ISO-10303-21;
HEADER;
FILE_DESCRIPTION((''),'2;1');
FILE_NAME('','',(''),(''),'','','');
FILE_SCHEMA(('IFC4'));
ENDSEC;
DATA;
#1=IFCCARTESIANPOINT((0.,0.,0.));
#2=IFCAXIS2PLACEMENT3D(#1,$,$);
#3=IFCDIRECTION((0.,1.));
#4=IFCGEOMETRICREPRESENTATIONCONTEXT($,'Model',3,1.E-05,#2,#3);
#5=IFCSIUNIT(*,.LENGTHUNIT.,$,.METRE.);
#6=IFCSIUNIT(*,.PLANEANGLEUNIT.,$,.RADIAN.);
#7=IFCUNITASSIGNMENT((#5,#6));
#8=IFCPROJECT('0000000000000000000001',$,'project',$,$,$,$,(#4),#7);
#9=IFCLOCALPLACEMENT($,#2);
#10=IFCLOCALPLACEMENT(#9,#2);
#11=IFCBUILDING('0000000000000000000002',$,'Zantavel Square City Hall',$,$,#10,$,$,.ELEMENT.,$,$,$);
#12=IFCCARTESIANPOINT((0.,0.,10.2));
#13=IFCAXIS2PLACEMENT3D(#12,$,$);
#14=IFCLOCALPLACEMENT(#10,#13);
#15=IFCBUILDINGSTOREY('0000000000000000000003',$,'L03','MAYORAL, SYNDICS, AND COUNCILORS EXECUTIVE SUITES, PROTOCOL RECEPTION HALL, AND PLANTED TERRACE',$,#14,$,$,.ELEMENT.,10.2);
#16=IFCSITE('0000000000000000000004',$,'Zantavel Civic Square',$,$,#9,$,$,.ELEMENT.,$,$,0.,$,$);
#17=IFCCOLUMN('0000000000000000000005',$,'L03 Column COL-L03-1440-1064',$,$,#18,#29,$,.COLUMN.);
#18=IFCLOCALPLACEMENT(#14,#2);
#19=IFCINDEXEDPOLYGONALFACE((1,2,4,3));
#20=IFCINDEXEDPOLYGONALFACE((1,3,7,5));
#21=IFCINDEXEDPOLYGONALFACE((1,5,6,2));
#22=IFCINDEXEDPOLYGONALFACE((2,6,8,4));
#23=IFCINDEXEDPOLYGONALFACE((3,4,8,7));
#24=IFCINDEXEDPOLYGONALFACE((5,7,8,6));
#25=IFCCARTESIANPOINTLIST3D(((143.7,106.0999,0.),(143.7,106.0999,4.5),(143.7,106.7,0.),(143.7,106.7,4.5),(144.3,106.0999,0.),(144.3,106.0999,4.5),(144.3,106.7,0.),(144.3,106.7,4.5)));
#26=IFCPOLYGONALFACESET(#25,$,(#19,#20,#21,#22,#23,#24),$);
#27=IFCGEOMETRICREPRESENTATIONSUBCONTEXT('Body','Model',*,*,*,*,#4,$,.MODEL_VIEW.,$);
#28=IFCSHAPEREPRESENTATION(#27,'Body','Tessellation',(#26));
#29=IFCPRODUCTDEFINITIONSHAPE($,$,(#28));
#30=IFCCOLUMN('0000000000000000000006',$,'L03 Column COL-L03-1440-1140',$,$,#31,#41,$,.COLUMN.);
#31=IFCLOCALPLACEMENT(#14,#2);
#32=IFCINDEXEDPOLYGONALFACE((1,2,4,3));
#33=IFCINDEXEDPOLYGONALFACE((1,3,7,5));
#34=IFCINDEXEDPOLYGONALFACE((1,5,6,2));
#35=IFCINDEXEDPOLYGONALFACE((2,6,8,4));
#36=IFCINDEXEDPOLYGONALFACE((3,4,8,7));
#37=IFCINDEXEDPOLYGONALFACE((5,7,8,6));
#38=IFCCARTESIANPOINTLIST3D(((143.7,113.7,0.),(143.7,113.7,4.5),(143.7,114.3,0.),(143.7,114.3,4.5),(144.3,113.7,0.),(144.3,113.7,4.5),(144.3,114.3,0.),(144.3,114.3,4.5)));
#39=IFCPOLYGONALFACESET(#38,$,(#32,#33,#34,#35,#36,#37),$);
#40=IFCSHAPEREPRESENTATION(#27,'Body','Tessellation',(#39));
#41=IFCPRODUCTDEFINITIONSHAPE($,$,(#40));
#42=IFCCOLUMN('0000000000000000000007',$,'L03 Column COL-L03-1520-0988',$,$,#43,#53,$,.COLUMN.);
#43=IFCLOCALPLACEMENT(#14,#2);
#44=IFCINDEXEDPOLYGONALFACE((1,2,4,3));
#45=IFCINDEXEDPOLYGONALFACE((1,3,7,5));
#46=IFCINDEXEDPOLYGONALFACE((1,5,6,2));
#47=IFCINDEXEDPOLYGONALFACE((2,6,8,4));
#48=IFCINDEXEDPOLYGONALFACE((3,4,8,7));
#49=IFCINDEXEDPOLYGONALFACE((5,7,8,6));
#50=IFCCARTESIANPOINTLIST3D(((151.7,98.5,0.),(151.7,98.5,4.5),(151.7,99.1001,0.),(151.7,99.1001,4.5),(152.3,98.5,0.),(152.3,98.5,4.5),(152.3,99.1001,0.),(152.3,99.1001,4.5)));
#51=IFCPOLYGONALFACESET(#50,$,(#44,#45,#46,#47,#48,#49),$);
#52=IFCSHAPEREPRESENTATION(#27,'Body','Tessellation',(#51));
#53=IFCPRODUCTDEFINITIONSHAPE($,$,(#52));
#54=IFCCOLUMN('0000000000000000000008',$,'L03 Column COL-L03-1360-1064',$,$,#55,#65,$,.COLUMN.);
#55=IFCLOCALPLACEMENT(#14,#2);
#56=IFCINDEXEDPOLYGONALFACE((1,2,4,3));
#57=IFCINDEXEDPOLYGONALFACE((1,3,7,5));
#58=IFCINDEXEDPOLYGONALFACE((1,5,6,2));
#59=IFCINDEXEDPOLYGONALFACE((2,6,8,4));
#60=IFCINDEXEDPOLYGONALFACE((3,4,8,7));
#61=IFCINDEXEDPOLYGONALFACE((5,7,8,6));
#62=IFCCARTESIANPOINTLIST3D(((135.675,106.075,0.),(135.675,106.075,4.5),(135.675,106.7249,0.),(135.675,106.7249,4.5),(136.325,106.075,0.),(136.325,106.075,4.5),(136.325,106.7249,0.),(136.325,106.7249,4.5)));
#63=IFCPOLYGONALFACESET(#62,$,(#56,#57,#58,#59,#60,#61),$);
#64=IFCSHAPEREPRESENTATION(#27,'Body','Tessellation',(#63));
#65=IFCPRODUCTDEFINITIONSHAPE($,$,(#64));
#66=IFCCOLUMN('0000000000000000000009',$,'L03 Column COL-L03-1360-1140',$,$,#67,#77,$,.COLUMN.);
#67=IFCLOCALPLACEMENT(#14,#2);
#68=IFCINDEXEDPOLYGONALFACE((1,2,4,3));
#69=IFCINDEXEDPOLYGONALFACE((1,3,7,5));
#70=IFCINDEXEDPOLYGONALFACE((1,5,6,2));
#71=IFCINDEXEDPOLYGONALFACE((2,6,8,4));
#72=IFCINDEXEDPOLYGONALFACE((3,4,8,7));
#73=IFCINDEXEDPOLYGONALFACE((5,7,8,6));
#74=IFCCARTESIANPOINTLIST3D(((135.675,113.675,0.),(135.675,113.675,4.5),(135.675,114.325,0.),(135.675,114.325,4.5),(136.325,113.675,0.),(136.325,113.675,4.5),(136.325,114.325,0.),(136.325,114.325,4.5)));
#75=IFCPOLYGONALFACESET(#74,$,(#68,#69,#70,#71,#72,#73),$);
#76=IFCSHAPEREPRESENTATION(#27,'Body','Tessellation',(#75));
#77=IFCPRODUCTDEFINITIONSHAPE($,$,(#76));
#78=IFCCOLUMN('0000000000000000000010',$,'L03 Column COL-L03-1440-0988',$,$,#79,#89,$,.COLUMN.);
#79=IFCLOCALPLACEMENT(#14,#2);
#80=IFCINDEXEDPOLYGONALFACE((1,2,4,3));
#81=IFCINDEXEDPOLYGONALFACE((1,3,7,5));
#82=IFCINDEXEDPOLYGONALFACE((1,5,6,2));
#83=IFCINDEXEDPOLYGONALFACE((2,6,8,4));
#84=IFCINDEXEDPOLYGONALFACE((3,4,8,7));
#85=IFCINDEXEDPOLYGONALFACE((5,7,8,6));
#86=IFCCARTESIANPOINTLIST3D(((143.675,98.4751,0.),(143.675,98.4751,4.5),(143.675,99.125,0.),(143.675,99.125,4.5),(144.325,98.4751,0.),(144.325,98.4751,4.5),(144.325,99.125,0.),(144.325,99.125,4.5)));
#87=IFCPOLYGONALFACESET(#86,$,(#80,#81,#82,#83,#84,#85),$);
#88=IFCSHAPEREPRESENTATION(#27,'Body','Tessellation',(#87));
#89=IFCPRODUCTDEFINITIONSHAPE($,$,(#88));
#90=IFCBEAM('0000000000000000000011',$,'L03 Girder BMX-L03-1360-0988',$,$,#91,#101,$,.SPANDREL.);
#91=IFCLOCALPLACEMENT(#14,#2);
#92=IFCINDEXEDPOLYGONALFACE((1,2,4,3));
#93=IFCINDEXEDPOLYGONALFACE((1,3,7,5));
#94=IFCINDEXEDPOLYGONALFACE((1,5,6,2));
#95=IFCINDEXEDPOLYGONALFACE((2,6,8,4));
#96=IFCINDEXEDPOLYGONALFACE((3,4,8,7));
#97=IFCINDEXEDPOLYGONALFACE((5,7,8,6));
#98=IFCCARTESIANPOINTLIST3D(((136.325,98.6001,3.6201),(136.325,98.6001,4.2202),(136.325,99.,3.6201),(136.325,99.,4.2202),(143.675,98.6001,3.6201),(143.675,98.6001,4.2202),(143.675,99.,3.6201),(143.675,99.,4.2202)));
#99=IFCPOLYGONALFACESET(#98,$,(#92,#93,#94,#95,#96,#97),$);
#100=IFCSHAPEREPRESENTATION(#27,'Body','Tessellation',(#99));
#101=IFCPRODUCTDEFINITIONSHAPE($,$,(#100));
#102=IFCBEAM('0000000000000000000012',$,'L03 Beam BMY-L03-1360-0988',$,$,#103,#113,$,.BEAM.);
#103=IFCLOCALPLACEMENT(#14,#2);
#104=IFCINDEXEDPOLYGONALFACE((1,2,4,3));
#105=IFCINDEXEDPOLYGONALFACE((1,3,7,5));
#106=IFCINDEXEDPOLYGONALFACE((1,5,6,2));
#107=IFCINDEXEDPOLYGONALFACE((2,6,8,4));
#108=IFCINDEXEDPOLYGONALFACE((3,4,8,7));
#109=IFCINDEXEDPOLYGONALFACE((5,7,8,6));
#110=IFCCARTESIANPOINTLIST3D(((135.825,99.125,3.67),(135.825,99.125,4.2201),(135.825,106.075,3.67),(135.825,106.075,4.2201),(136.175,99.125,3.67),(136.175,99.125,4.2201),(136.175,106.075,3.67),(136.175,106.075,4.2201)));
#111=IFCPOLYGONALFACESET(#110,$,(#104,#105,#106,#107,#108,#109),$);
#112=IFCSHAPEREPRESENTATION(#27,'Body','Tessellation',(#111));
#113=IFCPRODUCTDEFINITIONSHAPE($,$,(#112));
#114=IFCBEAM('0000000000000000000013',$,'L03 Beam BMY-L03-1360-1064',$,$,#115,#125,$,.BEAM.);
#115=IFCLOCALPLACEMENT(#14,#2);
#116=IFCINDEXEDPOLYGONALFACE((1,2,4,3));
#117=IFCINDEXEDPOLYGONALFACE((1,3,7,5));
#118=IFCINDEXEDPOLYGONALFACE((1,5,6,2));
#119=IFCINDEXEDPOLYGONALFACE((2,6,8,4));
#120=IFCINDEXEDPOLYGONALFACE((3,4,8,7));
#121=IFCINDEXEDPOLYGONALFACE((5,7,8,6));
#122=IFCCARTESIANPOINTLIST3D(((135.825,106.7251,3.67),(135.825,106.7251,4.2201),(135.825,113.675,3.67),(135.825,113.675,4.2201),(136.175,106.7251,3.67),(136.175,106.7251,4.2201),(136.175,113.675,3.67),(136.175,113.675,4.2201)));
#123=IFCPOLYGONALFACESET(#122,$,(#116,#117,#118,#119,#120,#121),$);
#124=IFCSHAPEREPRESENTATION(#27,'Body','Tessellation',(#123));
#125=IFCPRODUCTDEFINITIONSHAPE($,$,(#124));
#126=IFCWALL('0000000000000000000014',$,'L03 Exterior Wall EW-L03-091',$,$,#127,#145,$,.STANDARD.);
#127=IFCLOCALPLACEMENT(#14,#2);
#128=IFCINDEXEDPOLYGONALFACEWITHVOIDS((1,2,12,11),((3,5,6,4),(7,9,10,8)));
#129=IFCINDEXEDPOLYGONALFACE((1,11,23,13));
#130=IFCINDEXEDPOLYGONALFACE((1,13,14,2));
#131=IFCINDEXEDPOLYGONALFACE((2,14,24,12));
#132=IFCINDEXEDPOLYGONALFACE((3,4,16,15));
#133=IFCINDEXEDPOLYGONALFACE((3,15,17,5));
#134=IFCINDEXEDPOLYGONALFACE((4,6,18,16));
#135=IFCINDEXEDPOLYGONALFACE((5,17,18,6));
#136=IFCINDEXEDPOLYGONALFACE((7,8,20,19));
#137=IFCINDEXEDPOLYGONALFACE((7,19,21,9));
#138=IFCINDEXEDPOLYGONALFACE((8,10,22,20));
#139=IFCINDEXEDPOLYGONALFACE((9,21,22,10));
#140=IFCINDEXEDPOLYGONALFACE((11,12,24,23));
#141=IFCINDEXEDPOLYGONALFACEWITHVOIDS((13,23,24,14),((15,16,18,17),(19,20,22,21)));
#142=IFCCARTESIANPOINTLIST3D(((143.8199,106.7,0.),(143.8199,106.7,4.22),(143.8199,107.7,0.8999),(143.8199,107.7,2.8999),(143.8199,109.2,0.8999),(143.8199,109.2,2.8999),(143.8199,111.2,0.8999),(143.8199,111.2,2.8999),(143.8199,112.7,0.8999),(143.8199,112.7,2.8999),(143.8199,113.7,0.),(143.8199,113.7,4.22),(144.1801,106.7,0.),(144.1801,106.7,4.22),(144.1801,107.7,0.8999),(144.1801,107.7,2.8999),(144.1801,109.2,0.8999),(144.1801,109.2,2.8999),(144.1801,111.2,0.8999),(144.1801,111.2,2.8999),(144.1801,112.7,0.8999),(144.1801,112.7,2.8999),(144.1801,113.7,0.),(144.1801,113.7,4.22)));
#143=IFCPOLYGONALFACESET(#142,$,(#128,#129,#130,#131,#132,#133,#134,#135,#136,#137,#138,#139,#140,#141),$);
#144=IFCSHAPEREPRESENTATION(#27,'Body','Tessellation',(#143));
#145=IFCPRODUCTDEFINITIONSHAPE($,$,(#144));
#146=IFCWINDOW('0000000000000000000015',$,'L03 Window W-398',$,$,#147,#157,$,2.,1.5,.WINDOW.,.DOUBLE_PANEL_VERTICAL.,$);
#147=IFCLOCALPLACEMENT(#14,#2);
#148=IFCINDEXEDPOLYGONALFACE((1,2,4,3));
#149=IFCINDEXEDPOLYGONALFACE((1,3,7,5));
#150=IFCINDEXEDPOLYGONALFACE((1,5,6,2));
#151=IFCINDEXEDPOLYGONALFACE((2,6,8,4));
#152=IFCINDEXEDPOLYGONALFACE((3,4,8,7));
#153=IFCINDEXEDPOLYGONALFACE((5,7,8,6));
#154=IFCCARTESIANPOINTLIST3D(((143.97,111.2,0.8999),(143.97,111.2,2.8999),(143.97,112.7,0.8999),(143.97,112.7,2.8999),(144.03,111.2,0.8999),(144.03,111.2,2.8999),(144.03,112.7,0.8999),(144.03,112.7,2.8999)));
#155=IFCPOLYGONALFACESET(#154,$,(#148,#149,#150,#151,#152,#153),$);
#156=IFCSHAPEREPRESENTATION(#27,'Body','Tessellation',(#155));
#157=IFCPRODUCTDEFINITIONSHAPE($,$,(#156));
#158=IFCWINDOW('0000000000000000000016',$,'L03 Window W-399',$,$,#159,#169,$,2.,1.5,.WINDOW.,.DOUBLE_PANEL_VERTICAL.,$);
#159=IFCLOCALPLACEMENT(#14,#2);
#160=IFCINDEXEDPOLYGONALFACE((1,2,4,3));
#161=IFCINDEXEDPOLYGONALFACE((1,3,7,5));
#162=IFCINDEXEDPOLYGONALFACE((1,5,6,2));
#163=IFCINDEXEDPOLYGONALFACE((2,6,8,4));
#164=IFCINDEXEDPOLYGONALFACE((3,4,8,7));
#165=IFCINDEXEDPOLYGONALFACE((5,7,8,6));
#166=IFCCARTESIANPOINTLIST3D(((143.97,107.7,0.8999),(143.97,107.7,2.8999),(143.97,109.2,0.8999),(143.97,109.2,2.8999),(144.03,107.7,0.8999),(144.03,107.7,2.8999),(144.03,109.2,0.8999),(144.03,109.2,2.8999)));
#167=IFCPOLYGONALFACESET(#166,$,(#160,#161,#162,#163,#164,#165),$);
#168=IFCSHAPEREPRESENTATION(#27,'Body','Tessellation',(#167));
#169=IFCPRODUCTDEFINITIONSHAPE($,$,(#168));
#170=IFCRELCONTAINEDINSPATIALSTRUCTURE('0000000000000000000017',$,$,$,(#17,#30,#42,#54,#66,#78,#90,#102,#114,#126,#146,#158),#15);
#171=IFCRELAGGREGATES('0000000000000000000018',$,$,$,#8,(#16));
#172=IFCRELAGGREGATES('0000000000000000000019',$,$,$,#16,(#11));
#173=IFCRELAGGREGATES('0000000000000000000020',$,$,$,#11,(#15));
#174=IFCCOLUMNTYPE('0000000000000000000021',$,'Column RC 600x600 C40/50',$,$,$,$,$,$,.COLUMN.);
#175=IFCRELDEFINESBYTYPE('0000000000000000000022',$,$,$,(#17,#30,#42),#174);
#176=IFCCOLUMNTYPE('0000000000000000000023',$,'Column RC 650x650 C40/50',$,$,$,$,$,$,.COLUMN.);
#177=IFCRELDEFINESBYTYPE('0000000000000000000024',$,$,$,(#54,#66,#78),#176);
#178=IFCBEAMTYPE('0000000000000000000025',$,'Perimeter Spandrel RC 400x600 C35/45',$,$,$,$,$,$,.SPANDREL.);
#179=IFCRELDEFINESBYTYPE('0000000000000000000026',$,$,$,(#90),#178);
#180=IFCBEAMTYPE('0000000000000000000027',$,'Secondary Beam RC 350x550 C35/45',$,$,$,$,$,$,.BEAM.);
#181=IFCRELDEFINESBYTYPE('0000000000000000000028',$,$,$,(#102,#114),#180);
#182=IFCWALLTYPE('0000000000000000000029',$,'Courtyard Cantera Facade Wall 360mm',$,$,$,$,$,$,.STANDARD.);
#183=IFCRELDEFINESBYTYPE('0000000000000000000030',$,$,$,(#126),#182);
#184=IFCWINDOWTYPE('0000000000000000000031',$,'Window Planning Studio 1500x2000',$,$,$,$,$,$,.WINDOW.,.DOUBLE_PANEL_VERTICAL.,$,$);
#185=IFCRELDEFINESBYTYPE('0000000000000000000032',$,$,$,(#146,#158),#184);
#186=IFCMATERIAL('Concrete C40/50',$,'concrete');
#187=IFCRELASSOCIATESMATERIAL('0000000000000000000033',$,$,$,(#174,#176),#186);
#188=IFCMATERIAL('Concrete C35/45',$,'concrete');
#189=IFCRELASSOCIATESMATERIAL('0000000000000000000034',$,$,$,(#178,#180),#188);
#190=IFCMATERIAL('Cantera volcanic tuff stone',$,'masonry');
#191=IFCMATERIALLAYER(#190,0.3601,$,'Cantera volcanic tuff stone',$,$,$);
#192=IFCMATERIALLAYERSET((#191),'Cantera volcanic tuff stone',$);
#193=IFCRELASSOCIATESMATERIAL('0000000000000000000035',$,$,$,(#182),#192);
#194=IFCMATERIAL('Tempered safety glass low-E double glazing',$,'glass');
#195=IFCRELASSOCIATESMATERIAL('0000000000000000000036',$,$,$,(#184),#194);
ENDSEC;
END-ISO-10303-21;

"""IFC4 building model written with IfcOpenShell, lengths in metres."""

from ifc_helpers import new_model, si_unit, direction, frame, frame_2d, origin, origin_2d, place, context, subcontext, project, spatial, rectangle, extrude, material, layer, layer_set, material_profile, profile_set, type_object, element, fill, save


model = new_model("IFC4")

# Units and contexts
model_context = context("Model", 3, precision=1e-05, world=origin(), true_north=direction((0.0, 1.0)))
body_context = subcontext(model_context, "Body", "Model", "MODEL_VIEW")
ifc_project = project(units=[si_unit("LENGTHUNIT", "METRE"), si_unit("PLANEANGLEUNIT", "RADIAN")], contexts=[model_context])

# Site, building, storey
site_placement = place(None, origin())
site = spatial("IfcSite", under=ifc_project, at=site_placement, Name="Zantavel Civic Square", CompositionType="ELEMENT", RefElevation=0.0)
building_placement = place(site_placement, origin())
building = spatial("IfcBuilding", under=site, at=building_placement, Name="Zantavel Square City Hall", CompositionType="ELEMENT")
storey_placement = place(building_placement, frame((0.0, 0.0, 10.2)))
storey = spatial("IfcBuildingStorey", under=building, at=storey_placement, Name="L03", Description="MAYORAL, SYNDICS, AND COUNCILORS EXECUTIVE SUITES, PROTOCOL RECEPTION HALL, AND PLANTED TERRACE", CompositionType="ELEMENT", Elevation=10.2)

# Columns
ifc_material_1 = material(Name="Concrete C40/50", Category="concrete")
ifc_material_profile_1 = material_profile(ifc_material_1, rectangle(XDim=0.6001, YDim=0.6001, at=origin_2d()), Name="RC 600x600")
ifc_profile_set_1 = profile_set([ifc_material_profile_1], Name="Concrete C40/50")
column_type_1 = type_object("IfcColumnType", Name="Column RC 600x600 C40/50", PredefinedType="COLUMN", material=ifc_profile_set_1)
for number, where, z_axis, x_axis, name in (
    (1, (144.0, 106.3999, 0.0), (0.0, 0.0, 1.0), (1.0, 0.0, 0.0), "L03 Column COL-L03-1440-1064"),
    (2, (144.0, 114.0, 0.0), (0.0, 0.0, 1.0), (1.0, 0.0, 0.0), "L03 Column COL-L03-1440-1140"),
    (3, (152.0, 98.8, 0.0), (0.0, 0.0, 1.0), (1.0, 0.0, 0.0), "L03 Column COL-L03-1520-0988"),
):
    element("IfcColumn", number, at=place(storey_placement, frame(where, z_axis=z_axis, x_axis=x_axis)), inside=storey, type_object=column_type_1, Name=name, PredefinedType="COLUMN", context=body_context, shape_type="SweptSolid", body=[
        extrude(rectangle(XDim=0.6001, YDim=0.6001, at=origin_2d()), origin(), (0.0, 0.0, 1.0), 4.5),
    ])
ifc_material_profile_2 = material_profile(ifc_material_1, rectangle(XDim=0.6499, YDim=0.6499, at=origin_2d()), Name="RC 650x650")
ifc_profile_set_2 = profile_set([ifc_material_profile_2], Name="Concrete C40/50")
column_type_2 = type_object("IfcColumnType", Name="Column RC 650x650 C40/50", PredefinedType="COLUMN", material=ifc_profile_set_2)
for number, where, z_axis, x_axis, name in (
    (4, (136.0, 106.3999, 0.0), (0.0, 0.0, 1.0), (1.0, 0.0, 0.0), "L03 Column COL-L03-1360-1064"),
    (5, (136.0, 114.0, 0.0), (0.0, 0.0, 1.0), (1.0, 0.0, 0.0), "L03 Column COL-L03-1360-1140"),
    (6, (144.0, 98.8, 0.0), (0.0, 0.0, 1.0), (1.0, 0.0, 0.0), "L03 Column COL-L03-1440-0988"),
):
    element("IfcColumn", number, at=place(storey_placement, frame(where, z_axis=z_axis, x_axis=x_axis)), inside=storey, type_object=column_type_2, Name=name, PredefinedType="COLUMN", context=body_context, shape_type="SweptSolid", body=[
        extrude(rectangle(XDim=0.6499, YDim=0.6499, at=origin_2d()), origin(), (0.0, 0.0, 1.0), 4.5),
    ])

# Beams
ifc_material_2 = material(Name="Concrete C35/45", Category="concrete")
ifc_material_profile_3 = material_profile(ifc_material_2, rectangle(XDim=0.3999, YDim=0.6001, at=origin_2d()), Name="RC 400x600")
ifc_profile_set_3 = profile_set([ifc_material_profile_3], Name="Concrete C35/45")
beam_type_1 = type_object("IfcBeamType", Name="Perimeter Spandrel RC 400x600 C35/45", PredefinedType="SPANDREL", material=ifc_profile_set_3)
beam_placement = place(storey_placement, frame((136.325, 98.8, 3.9202), z_axis=(1.0, 0.0, 0.0), x_axis=(0.0, 1.0, 0.0)))
element("IfcBeam", 7, at=beam_placement, inside=storey, type_object=beam_type_1, Name="L03 Girder BMX-L03-1360-0988", PredefinedType="SPANDREL", context=body_context, shape_type="SweptSolid", body=[
    extrude(rectangle(XDim=0.3999, YDim=0.6001, at=origin_2d()), origin(), (0.0, 0.0, 1.0), 7.3501),
])
ifc_material_profile_4 = material_profile(ifc_material_2, rectangle(XDim=0.3501, YDim=0.55, at=origin_2d()), Name="RC 350x550")
ifc_profile_set_4 = profile_set([ifc_material_profile_4], Name="Concrete C35/45")
beam_type_2 = type_object("IfcBeamType", Name="Secondary Beam RC 350x550 C35/45", PredefinedType="BEAM", material=ifc_profile_set_4)
for number, where, z_axis, x_axis, name in (
    (8, (136.0, 99.125, 3.9451), (0.0, 1.0, 0.0), (-1.0, 0.0, 0.0), "L03 Beam BMY-L03-1360-0988"),
    (9, (136.0, 106.7251, 3.9451), (0.0, 1.0, 0.0), (-1.0, 0.0, 0.0), "L03 Beam BMY-L03-1360-1064"),
):
    element("IfcBeam", number, at=place(storey_placement, frame(where, z_axis=z_axis, x_axis=x_axis)), inside=storey, type_object=beam_type_2, Name=name, PredefinedType="BEAM", context=body_context, shape_type="SweptSolid", body=[
        extrude(rectangle(XDim=0.3501, YDim=0.55, at=origin_2d()), origin(), (0.0, 0.0, 1.0), 6.95),
    ])

# Wall, openings, windows
ifc_material_3 = material(Name="Cantera volcanic tuff stone", Category="masonry")
ifc_layer_1 = layer(ifc_material_3, 0.3601, Name="Cantera volcanic tuff stone")
ifc_layer_set_1 = layer_set([ifc_layer_1], Name="Cantera volcanic tuff stone")
wall_type_1 = type_object("IfcWallType", Name="Courtyard Cantera Facade Wall 360mm", PredefinedType="STANDARD", material=ifc_layer_set_1)
wall_1_placement = place(storey_placement, frame((144.0, 113.7, 0.0), z_axis=(0.0, 0.0, 1.0), x_axis=(0.0, -1.0, 0.0)))
wall_1 = element("IfcWall", 10, at=wall_1_placement, inside=storey, type_object=wall_type_1, Name="L03 Exterior Wall EW-L03-091", PredefinedType="STANDARD", context=body_context, shape_type="SweptSolid", body=[
    extrude(rectangle(XDim=7.0, YDim=0.3601, at=frame_2d((3.5, 0.0))), origin(), (0.0, 0.0, 1.0), 4.22),
])
opening_1_placement = place(wall_1_placement, frame((1.0, 0.0, 0.8999)))
opening_1 = element("IfcOpeningElement", 11, at=opening_1_placement, cuts=wall_1, PredefinedType="OPENING", context=body_context, shape_type="SweptSolid", body=[
    extrude(rectangle(XDim=1.5, YDim=2.0, at=frame_2d((0.75, 1.0))), frame((0.0, 0.1899, 0.0), z_axis=(0.0, -1.0, 0.0), x_axis=(1.0, 0.0, 0.0)), (0.0, 0.0, 1.0), 0.3801),
])
opening_2_placement = place(wall_1_placement, frame((4.5, 0.0, 0.8999)))
opening_2 = element("IfcOpeningElement", 12, at=opening_2_placement, cuts=wall_1, PredefinedType="OPENING", context=body_context, shape_type="SweptSolid", body=[
    extrude(rectangle(XDim=1.5, YDim=2.0, at=frame_2d((0.75, 1.0))), frame((0.0, 0.1899, 0.0), z_axis=(0.0, -1.0, 0.0), x_axis=(1.0, 0.0, 0.0)), (0.0, 0.0, 1.0), 0.3801),
])
ifc_material_4 = material(Name="Tempered safety glass low-E double glazing", Category="glass")
window_type_1 = type_object("IfcWindowType", Name="Window Planning Studio 1500x2000", PartitioningType="DOUBLE_PANEL_VERTICAL", PredefinedType="WINDOW", material=ifc_material_4)
window_1_placement = place(opening_1_placement, origin())
window_1 = element("IfcWindow", 13, at=window_1_placement, inside=storey, type_object=window_type_1, Name="L03 Window W-398", OverallHeight=2.0, OverallWidth=1.5, PartitioningType="DOUBLE_PANEL_VERTICAL", PredefinedType="WINDOW", context=body_context, shape_type="SweptSolid", body=[
    extrude(rectangle(XDim=1.5, YDim=2.0, at=frame_2d((0.75, 1.0))), frame((0.0, 0.03, 0.0), z_axis=(0.0, -1.0, 0.0), x_axis=(1.0, 0.0, 0.0)), (0.0, 0.0, 1.0), 0.0601),
])
fill(opening_1, window_1)
window_2_placement = place(opening_2_placement, origin())
window_2 = element("IfcWindow", 14, at=window_2_placement, inside=storey, type_object=window_type_1, Name="L03 Window W-399", OverallHeight=2.0, OverallWidth=1.5, PartitioningType="DOUBLE_PANEL_VERTICAL", PredefinedType="WINDOW", context=body_context, shape_type="SweptSolid", body=[
    extrude(rectangle(XDim=1.5, YDim=2.0, at=frame_2d((0.75, 1.0))), frame((0.0, 0.03, 0.0), z_axis=(0.0, -1.0, 0.0), x_axis=(1.0, 0.0, 0.0)), (0.0, 0.0, 1.0), 0.0601),
])
fill(opening_2, window_2)

save(model, "model.ifc")
